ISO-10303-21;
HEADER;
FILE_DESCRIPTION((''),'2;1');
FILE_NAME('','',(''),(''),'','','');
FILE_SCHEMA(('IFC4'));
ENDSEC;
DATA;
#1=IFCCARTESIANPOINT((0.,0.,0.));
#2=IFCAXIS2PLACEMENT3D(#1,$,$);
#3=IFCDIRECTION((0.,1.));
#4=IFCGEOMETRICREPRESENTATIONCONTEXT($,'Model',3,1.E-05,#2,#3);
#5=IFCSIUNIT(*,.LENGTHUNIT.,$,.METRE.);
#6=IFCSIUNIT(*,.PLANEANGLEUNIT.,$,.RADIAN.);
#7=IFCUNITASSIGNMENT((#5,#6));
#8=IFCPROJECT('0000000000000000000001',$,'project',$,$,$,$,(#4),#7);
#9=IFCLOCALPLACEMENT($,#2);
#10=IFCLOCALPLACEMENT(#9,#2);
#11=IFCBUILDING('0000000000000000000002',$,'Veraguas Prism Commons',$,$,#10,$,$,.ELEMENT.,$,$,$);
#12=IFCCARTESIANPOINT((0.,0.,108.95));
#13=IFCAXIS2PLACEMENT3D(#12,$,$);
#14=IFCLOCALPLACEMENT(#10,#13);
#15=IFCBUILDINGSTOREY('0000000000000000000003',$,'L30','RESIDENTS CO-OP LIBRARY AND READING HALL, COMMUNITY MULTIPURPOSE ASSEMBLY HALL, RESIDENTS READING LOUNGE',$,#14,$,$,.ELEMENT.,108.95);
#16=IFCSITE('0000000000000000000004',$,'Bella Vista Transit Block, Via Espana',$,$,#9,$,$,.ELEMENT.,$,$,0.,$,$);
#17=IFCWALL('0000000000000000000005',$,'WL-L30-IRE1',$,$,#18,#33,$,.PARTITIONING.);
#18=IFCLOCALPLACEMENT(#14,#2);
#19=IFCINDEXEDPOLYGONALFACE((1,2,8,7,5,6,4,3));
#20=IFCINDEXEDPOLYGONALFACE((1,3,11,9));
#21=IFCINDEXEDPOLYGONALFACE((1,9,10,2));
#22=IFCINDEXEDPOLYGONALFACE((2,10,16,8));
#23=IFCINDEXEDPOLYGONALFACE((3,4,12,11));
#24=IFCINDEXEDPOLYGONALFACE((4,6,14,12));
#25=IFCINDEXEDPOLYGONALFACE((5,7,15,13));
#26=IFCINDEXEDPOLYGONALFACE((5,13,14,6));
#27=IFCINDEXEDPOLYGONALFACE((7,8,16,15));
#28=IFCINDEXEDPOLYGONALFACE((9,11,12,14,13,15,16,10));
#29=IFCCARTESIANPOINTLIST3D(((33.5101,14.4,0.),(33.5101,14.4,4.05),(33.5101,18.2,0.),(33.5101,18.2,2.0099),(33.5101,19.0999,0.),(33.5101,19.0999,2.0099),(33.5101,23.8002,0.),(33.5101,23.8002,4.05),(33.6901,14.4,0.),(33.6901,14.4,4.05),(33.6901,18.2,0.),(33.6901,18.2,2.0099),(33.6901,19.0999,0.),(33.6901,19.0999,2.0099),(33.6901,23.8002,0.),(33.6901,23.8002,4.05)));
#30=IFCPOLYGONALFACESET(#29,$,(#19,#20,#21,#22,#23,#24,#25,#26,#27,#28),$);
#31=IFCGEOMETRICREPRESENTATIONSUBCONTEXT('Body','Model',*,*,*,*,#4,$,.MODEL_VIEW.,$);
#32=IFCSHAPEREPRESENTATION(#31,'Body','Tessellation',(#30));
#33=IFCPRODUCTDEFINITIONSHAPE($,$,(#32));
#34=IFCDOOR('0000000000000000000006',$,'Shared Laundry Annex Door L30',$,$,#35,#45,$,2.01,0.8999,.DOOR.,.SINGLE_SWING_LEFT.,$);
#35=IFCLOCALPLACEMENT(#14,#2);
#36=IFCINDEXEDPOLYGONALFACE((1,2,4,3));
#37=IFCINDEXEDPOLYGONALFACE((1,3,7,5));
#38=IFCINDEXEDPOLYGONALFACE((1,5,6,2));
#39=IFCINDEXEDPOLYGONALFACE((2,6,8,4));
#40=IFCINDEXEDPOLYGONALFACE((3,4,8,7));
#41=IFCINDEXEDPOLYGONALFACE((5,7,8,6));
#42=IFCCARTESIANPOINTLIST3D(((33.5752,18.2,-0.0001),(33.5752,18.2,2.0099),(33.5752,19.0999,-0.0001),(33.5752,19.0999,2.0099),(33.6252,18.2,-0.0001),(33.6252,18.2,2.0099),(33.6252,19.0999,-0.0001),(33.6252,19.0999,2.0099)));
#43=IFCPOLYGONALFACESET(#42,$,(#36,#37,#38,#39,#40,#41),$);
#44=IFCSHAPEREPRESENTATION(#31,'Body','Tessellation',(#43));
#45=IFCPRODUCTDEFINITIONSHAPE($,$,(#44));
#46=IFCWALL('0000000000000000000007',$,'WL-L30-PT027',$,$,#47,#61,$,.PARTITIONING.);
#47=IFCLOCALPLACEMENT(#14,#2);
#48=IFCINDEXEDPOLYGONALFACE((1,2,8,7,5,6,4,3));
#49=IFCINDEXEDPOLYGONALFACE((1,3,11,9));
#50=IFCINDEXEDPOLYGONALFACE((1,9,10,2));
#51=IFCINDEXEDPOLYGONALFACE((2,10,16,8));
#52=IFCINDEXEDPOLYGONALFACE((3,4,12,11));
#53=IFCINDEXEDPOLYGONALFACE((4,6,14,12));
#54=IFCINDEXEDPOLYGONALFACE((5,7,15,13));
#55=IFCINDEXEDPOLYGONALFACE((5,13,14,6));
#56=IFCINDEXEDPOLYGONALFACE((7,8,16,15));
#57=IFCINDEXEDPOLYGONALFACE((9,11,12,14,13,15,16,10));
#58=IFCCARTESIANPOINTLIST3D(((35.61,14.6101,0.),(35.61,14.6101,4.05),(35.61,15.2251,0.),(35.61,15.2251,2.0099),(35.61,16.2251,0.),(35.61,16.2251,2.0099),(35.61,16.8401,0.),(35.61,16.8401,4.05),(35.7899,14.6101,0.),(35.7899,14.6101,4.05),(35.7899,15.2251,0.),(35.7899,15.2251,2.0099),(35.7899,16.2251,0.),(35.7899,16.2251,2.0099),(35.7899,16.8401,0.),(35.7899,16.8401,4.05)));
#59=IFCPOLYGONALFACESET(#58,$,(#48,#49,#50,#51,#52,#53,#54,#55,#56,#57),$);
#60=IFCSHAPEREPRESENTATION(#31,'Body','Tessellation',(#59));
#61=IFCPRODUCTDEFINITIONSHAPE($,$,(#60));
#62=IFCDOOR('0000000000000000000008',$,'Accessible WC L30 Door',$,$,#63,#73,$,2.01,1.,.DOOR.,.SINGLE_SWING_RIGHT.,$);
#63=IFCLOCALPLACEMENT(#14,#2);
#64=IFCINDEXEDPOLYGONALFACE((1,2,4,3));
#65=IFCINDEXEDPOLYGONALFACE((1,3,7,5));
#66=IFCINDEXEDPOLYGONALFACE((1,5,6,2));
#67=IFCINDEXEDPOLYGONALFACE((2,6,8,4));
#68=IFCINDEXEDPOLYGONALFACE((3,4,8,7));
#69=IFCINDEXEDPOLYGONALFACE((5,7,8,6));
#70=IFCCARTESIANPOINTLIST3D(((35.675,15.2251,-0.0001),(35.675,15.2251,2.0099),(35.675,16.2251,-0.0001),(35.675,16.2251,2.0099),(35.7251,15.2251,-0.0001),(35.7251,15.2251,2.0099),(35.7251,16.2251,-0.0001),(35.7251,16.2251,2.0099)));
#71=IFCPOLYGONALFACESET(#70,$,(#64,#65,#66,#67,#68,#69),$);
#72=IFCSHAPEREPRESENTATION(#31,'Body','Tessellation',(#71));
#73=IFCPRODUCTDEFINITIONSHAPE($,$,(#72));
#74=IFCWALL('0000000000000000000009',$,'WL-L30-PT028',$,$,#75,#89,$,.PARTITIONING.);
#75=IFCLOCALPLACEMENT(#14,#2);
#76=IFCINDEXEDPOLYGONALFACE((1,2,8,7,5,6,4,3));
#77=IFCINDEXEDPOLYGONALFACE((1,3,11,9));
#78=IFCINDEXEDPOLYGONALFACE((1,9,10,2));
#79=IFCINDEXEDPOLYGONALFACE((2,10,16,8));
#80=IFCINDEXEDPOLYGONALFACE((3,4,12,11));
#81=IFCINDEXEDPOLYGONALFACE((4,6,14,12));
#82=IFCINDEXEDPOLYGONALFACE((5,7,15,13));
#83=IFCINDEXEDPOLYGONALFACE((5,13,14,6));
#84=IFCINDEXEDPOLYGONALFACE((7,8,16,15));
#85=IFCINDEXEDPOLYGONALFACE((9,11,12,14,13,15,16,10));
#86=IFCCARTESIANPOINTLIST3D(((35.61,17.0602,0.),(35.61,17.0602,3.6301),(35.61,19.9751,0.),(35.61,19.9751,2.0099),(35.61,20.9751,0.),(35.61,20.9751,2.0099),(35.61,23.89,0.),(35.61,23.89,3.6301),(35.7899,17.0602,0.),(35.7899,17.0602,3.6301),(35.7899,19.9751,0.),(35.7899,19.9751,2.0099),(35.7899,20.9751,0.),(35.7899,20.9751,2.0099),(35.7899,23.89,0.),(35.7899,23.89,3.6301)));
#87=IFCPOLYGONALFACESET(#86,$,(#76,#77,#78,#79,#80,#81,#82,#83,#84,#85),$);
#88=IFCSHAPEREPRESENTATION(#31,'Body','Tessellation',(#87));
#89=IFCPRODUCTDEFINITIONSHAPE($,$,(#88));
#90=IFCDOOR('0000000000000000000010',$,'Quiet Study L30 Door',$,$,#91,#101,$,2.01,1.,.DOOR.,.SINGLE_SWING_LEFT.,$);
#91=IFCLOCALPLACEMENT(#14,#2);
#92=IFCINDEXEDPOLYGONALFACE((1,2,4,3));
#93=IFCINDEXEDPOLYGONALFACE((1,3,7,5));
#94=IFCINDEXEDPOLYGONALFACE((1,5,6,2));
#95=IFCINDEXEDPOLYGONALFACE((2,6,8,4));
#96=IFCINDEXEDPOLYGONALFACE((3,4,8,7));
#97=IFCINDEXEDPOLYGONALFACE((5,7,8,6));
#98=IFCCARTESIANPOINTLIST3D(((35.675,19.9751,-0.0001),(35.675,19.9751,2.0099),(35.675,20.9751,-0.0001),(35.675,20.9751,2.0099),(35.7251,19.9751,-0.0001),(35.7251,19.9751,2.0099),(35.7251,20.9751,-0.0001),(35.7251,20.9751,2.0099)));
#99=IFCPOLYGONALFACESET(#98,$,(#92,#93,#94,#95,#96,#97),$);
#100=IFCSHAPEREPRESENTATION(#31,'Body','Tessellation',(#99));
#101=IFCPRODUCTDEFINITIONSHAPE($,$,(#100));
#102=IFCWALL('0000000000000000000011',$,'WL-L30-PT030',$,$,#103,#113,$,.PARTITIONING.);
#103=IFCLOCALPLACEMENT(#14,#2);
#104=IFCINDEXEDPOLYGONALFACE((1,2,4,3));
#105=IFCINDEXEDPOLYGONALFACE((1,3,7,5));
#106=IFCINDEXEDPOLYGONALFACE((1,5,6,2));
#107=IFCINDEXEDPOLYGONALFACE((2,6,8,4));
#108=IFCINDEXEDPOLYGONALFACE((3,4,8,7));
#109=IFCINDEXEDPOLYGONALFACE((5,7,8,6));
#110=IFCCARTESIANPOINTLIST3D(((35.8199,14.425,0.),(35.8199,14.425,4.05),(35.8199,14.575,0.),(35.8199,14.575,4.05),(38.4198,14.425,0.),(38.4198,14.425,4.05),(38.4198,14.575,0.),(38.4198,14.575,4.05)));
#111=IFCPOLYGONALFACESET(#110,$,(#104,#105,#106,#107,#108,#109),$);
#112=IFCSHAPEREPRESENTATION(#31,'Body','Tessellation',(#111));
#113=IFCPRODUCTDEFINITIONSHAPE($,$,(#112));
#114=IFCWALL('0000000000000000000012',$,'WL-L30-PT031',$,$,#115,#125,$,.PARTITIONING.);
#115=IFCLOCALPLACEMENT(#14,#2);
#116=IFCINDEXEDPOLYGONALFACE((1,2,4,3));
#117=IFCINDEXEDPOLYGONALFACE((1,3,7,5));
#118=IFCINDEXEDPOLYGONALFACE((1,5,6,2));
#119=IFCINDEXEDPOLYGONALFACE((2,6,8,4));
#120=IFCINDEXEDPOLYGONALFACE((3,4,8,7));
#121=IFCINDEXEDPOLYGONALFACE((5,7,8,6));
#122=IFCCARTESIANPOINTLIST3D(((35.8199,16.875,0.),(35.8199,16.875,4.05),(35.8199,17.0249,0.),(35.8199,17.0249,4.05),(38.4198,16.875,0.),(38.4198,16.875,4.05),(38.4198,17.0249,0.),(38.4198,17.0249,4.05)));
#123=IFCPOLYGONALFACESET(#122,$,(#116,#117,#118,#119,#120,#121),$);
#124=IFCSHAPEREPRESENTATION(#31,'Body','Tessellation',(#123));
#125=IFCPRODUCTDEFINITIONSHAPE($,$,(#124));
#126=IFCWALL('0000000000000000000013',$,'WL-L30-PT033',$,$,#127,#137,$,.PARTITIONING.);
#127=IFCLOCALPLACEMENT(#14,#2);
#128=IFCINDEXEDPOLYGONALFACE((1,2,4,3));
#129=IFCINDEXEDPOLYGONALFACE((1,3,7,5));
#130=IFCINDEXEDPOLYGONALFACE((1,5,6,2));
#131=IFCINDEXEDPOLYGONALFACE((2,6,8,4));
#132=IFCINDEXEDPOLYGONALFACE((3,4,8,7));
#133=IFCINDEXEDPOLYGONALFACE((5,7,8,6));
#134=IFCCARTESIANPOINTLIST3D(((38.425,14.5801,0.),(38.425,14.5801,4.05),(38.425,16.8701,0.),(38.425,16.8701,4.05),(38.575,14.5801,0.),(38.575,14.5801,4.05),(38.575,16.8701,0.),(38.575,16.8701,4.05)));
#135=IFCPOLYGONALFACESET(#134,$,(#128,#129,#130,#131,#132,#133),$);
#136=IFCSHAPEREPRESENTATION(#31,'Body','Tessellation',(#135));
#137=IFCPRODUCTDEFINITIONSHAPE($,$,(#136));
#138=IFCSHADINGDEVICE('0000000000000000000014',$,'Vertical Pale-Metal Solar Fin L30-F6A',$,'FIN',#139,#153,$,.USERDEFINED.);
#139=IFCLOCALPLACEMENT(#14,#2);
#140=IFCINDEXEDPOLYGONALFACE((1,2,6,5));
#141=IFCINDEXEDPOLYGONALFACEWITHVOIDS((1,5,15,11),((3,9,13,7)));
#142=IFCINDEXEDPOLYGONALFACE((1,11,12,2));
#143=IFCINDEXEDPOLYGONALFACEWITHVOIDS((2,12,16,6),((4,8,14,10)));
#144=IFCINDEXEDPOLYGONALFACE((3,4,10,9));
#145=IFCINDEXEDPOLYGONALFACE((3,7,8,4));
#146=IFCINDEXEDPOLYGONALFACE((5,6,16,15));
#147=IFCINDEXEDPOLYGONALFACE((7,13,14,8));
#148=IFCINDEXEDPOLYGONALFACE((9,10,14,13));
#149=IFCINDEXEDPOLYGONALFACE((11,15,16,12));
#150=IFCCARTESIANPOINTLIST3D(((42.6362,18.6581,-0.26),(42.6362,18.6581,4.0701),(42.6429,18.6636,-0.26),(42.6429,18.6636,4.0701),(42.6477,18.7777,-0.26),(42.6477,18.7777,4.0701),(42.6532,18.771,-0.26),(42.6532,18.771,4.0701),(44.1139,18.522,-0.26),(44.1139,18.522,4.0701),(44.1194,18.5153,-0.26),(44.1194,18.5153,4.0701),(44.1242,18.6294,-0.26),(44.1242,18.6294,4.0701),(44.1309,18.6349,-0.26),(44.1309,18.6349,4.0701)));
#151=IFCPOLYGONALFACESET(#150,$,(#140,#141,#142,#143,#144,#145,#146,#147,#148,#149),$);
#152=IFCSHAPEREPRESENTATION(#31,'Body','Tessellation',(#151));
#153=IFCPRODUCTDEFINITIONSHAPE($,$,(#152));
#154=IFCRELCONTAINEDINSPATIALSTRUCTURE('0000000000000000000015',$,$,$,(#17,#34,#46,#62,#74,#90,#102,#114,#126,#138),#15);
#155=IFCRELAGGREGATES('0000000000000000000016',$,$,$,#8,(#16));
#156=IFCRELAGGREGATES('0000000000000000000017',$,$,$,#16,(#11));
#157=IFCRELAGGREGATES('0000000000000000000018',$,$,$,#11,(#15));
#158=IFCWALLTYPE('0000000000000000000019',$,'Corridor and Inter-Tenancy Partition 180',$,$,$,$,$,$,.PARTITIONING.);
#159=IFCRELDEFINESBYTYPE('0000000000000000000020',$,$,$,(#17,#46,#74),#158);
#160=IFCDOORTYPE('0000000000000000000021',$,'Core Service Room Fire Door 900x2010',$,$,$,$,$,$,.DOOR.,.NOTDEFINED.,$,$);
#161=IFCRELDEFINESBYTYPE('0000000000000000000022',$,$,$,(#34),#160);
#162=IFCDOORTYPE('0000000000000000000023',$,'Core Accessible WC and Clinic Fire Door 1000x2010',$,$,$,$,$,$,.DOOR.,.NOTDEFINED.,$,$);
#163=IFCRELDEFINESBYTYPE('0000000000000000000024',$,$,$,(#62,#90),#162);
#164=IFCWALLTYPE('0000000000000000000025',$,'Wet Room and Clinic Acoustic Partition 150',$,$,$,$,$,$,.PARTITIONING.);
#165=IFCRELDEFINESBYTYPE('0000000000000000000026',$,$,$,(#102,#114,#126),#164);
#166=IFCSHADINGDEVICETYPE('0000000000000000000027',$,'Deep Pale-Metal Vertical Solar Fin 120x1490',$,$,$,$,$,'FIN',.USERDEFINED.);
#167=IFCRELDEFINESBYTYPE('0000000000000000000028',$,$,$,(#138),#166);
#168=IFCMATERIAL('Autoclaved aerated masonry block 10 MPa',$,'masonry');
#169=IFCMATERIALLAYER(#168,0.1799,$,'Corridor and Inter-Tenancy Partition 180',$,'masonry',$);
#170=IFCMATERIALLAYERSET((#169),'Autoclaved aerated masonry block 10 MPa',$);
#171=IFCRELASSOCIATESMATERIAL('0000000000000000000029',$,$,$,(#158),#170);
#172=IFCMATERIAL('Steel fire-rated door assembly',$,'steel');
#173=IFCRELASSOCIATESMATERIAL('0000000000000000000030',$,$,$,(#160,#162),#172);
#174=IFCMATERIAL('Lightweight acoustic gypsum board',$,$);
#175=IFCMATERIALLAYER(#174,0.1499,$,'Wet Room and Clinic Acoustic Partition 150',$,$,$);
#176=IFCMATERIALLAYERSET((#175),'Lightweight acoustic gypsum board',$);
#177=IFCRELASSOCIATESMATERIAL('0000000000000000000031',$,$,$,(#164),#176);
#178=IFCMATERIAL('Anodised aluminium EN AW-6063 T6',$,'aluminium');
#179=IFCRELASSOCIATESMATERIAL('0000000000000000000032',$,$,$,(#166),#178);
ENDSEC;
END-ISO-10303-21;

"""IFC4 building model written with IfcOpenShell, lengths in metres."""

from ifc_helpers import new_model, si_unit, direction, frame, frame_2d, origin, origin_2d, place, context, subcontext, project, spatial, rectangle, hollow_rectangle, extrude, source, transform, mapped, material, layer, layer_set, material_profile, profile_set, type_object, element, fill, save


model = new_model("IFC4")

# Units and contexts
model_context = context("Model", 3, precision=1e-05, world=origin(), true_north=direction((0.0, 1.0)))
body_context = subcontext(model_context, "Body", "Model", "MODEL_VIEW")
ifc_project = project(units=[si_unit("LENGTHUNIT", "METRE"), si_unit("PLANEANGLEUNIT", "RADIAN")], contexts=[model_context])

# Site, building, storey
site_placement = place(None, origin())
site = spatial("IfcSite", under=ifc_project, at=site_placement, Name="Bella Vista Transit Block, Via Espana", CompositionType="ELEMENT", RefElevation=0.0)
building_placement = place(site_placement, origin())
building = spatial("IfcBuilding", under=site, at=building_placement, Name="Veraguas Prism Commons", CompositionType="ELEMENT")
storey_placement = place(building_placement, frame((0.0, 0.0, 108.95)))
storey = spatial("IfcBuildingStorey", under=building, at=storey_placement, Name="L30", Description="RESIDENTS CO-OP LIBRARY AND READING HALL, COMMUNITY MULTIPURPOSE ASSEMBLY HALL, RESIDENTS READING LOUNGE", CompositionType="ELEMENT", Elevation=108.95)

# Shared definitions
ifc_material_1 = material(Name="Anodised aluminium EN AW-6063 T6", Category="aluminium")

# Walls, openings, doors
ifc_material_2 = material(Name="Autoclaved aerated masonry block 10 MPa", Category="masonry")
ifc_layer_1 = layer(ifc_material_2, 0.1799, Name="Corridor and Inter-Tenancy Partition 180", Category="masonry")
ifc_layer_set_1 = layer_set([ifc_layer_1], Name="Autoclaved aerated masonry block 10 MPa")
wall_type_1 = type_object("IfcWallType", Name="Corridor and Inter-Tenancy Partition 180", PredefinedType="PARTITIONING", material=ifc_layer_set_1)
wall_1_placement = place(storey_placement, frame((33.6001, 14.3999, 0.0), z_axis=(0.0, 0.0, 1.0), x_axis=(0.0, 1.0, 0.0)))
wall_1 = element("IfcWall", 1, at=wall_1_placement, inside=storey, type_object=wall_type_1, Name="WL-L30-IRE1", PredefinedType="PARTITIONING", context=body_context, shape_type="SweptSolid", body=[
    extrude(rectangle(XDim=9.4001, YDim=0.1799, at=frame_2d((4.7002, 0.0))), origin(), (0.0, 0.0, 1.0), 4.05),
])
opening_1_placement = place(wall_1_placement, frame((3.8, 0.0, 0.0)))
opening_1 = element("IfcOpeningElement", 2, at=opening_1_placement, cuts=wall_1, PredefinedType="OPENING", context=body_context, shape_type="SweptSolid", body=[
    extrude(rectangle(XDim=0.8999, YDim=2.01, at=frame_2d((0.45, 1.0049))), frame((0.0, 0.0999, 0.0), z_axis=(0.0, -1.0, 0.0), x_axis=(1.0, 0.0, 0.0)), (0.0, 0.0, 1.0), 0.2),
])
ifc_material_3 = material(Name="Steel fire-rated door assembly", Category="steel")
door_type_1 = type_object("IfcDoorType", Name="Core Service Room Fire Door 900x2010", OperationType="NOTDEFINED", PredefinedType="DOOR", material=ifc_material_3)
shared_shape_1 = source(origin(), body_context, "Body", "SweptSolid", [
    extrude(rectangle(XDim=0.8999, YDim=2.01, at=frame_2d((0.45, 1.0049))), frame((0.0, 0.0249, 0.0), z_axis=(0.0, -1.0, 0.0), x_axis=(1.0, 0.0, 0.0)), (0.0, 0.0, 1.0), 0.05),
])
door_1_placement = place(opening_1_placement, origin())
door_1 = element("IfcDoor", 3, at=door_1_placement, inside=storey, type_object=door_type_1, Name="Shared Laundry Annex Door L30", OperationType="SINGLE_SWING_LEFT", OverallHeight=2.01, OverallWidth=0.8999, PredefinedType="DOOR", context=body_context, shape_type="MappedRepresentation", body=[
    mapped(shared_shape_1, transform((0.0, 0.0, 0.0), scale=1.0)),
])
fill(opening_1, door_1)
wall_2_placement = place(storey_placement, frame((35.7, 14.6101, 0.0), z_axis=(0.0, 0.0, 1.0), x_axis=(0.0, 1.0, 0.0)))
wall_2 = element("IfcWall", 4, at=wall_2_placement, inside=storey, type_object=wall_type_1, Name="WL-L30-PT027", PredefinedType="PARTITIONING", context=body_context, shape_type="SweptSolid", body=[
    extrude(rectangle(XDim=2.23, YDim=0.1799, at=frame_2d((1.115, 0.0))), origin(), (0.0, 0.0, 1.0), 4.05),
])
opening_2_placement = place(wall_2_placement, frame((0.615, 0.0, 0.0)))
opening_2 = element("IfcOpeningElement", 5, at=opening_2_placement, cuts=wall_2, PredefinedType="OPENING", context=body_context, shape_type="SweptSolid", body=[
    extrude(rectangle(XDim=1.0, YDim=2.01, at=frame_2d((0.5, 1.0049))), frame((0.0, 0.0999, 0.0), z_axis=(0.0, -1.0, 0.0), x_axis=(1.0, 0.0, 0.0)), (0.0, 0.0, 1.0), 0.2),
])
door_type_2 = type_object("IfcDoorType", Name="Core Accessible WC and Clinic Fire Door 1000x2010", OperationType="NOTDEFINED", PredefinedType="DOOR", material=ifc_material_3)
shared_shape_2 = source(origin(), body_context, "Body", "SweptSolid", [
    extrude(rectangle(XDim=1.0, YDim=2.01, at=frame_2d((0.5, 1.0049))), frame((0.0, 0.0249, 0.0), z_axis=(0.0, -1.0, 0.0), x_axis=(1.0, 0.0, 0.0)), (0.0, 0.0, 1.0), 0.05),
])
door_2_placement = place(opening_2_placement, origin())
door_2 = element("IfcDoor", 6, at=door_2_placement, inside=storey, type_object=door_type_2, Name="Accessible WC L30 Door", OperationType="SINGLE_SWING_RIGHT", OverallHeight=2.01, OverallWidth=1.0, PredefinedType="DOOR", context=body_context, shape_type="MappedRepresentation", body=[
    mapped(shared_shape_2, transform((0.0, 0.0, 0.0), scale=1.0)),
])
fill(opening_2, door_2)
wall_3_placement = place(storey_placement, frame((35.7, 17.0601, 0.0), z_axis=(0.0, 0.0, 1.0), x_axis=(0.0, 1.0, 0.0)))
wall_3 = element("IfcWall", 7, at=wall_3_placement, inside=storey, type_object=wall_type_1, Name="WL-L30-PT028", PredefinedType="PARTITIONING", context=body_context, shape_type="SweptSolid", body=[
    extrude(rectangle(XDim=6.8298, YDim=0.1799, at=frame_2d((3.415, 0.0))), origin(), (0.0, 0.0, 1.0), 3.6301),
])
opening_3_placement = place(wall_3_placement, frame((2.915, 0.0, 0.0)))
opening_3 = element("IfcOpeningElement", 8, at=opening_3_placement, cuts=wall_3, PredefinedType="OPENING", context=body_context, shape_type="SweptSolid", body=[
    extrude(rectangle(XDim=1.0, YDim=2.01, at=frame_2d((0.5, 1.0049))), frame((0.0, 0.0999, 0.0), z_axis=(0.0, -1.0, 0.0), x_axis=(1.0, 0.0, 0.0)), (0.0, 0.0, 1.0), 0.2),
])
door_3_placement = place(opening_3_placement, origin())
door_3 = element("IfcDoor", 9, at=door_3_placement, inside=storey, type_object=door_type_2, Name="Quiet Study L30 Door", OperationType="SINGLE_SWING_LEFT", OverallHeight=2.01, OverallWidth=1.0, PredefinedType="DOOR", context=body_context, shape_type="MappedRepresentation", body=[
    mapped(shared_shape_2, transform((0.0, 0.0, 0.0), scale=1.0)),
])
fill(opening_3, door_3)

# Walls
ifc_material_4 = material(Name="Lightweight acoustic gypsum board")
ifc_layer_2 = layer(ifc_material_4, 0.1499, Name="Wet Room and Clinic Acoustic Partition 150")
ifc_layer_set_2 = layer_set([ifc_layer_2], Name="Lightweight acoustic gypsum board")
wall_type_2 = type_object("IfcWallType", Name="Wet Room and Clinic Acoustic Partition 150", PredefinedType="PARTITIONING", material=ifc_layer_set_2)
for number, where, z_axis, x_axis, name in (
    (10, (35.8201, 14.5, 0.0), (0.0, 0.0, 1.0), (1.0, 0.0, 0.0), "WL-L30-PT030"),
    (11, (35.8201, 16.95, 0.0), (0.0, 0.0, 1.0), (1.0, 0.0, 0.0), "WL-L30-PT031"),
):
    element("IfcWall", number, at=place(storey_placement, frame(where, z_axis=z_axis, x_axis=x_axis)), inside=storey, type_object=wall_type_2, Name=name, PredefinedType="PARTITIONING", context=body_context, shape_type="SweptSolid", body=[
        extrude(rectangle(XDim=2.5999, YDim=0.1499, at=frame_2d((1.2998, 0.0))), origin(), (0.0, 0.0, 1.0), 4.05),
    ])
wall_4_placement = place(storey_placement, frame((38.5, 14.5801, 0.0), z_axis=(0.0, 0.0, 1.0), x_axis=(0.0, 1.0, 0.0)))
element("IfcWall", 12, at=wall_4_placement, inside=storey, type_object=wall_type_2, Name="WL-L30-PT033", PredefinedType="PARTITIONING", context=body_context, shape_type="SweptSolid", body=[
    extrude(rectangle(XDim=2.29, YDim=0.1499, at=frame_2d((1.145, 0.0))), origin(), (0.0, 0.0, 1.0), 4.05),
])

# Shading device
ifc_material_profile_1 = material_profile(ifc_material_1, hollow_rectangle(XDim=0.1201, YDim=1.49, WallThickness=0.0061, at=origin_2d()), Name="FIN120X1490X6")
ifc_profile_set_1 = profile_set([ifc_material_profile_1], Name="Anodised aluminium EN AW-6063 T6")
shading_device_type = type_object("IfcShadingDeviceType", Name="Deep Pale-Metal Vertical Solar Fin 120x1490", ElementType="FIN", PredefinedType="USERDEFINED", material=ifc_profile_set_1)
shading_device_placement = place(storey_placement, frame((43.3835, 18.6465, -0.26), z_axis=(0.0, 0.0, 1.0), x_axis=(0.095844, 0.995396, 0.0)))
element("IfcShadingDevice", 13, at=shading_device_placement, inside=storey, type_object=shading_device_type, Name="Vertical Pale-Metal Solar Fin L30-F6A", ObjectType="FIN", PredefinedType="USERDEFINED", context=body_context, shape_type="SweptSolid", body=[
    extrude(hollow_rectangle(XDim=0.1201, YDim=1.49, WallThickness=0.0061, at=origin_2d()), origin(), (0.0, 0.0, 1.0), 4.3301),
])

save(model, "model.ifc")
